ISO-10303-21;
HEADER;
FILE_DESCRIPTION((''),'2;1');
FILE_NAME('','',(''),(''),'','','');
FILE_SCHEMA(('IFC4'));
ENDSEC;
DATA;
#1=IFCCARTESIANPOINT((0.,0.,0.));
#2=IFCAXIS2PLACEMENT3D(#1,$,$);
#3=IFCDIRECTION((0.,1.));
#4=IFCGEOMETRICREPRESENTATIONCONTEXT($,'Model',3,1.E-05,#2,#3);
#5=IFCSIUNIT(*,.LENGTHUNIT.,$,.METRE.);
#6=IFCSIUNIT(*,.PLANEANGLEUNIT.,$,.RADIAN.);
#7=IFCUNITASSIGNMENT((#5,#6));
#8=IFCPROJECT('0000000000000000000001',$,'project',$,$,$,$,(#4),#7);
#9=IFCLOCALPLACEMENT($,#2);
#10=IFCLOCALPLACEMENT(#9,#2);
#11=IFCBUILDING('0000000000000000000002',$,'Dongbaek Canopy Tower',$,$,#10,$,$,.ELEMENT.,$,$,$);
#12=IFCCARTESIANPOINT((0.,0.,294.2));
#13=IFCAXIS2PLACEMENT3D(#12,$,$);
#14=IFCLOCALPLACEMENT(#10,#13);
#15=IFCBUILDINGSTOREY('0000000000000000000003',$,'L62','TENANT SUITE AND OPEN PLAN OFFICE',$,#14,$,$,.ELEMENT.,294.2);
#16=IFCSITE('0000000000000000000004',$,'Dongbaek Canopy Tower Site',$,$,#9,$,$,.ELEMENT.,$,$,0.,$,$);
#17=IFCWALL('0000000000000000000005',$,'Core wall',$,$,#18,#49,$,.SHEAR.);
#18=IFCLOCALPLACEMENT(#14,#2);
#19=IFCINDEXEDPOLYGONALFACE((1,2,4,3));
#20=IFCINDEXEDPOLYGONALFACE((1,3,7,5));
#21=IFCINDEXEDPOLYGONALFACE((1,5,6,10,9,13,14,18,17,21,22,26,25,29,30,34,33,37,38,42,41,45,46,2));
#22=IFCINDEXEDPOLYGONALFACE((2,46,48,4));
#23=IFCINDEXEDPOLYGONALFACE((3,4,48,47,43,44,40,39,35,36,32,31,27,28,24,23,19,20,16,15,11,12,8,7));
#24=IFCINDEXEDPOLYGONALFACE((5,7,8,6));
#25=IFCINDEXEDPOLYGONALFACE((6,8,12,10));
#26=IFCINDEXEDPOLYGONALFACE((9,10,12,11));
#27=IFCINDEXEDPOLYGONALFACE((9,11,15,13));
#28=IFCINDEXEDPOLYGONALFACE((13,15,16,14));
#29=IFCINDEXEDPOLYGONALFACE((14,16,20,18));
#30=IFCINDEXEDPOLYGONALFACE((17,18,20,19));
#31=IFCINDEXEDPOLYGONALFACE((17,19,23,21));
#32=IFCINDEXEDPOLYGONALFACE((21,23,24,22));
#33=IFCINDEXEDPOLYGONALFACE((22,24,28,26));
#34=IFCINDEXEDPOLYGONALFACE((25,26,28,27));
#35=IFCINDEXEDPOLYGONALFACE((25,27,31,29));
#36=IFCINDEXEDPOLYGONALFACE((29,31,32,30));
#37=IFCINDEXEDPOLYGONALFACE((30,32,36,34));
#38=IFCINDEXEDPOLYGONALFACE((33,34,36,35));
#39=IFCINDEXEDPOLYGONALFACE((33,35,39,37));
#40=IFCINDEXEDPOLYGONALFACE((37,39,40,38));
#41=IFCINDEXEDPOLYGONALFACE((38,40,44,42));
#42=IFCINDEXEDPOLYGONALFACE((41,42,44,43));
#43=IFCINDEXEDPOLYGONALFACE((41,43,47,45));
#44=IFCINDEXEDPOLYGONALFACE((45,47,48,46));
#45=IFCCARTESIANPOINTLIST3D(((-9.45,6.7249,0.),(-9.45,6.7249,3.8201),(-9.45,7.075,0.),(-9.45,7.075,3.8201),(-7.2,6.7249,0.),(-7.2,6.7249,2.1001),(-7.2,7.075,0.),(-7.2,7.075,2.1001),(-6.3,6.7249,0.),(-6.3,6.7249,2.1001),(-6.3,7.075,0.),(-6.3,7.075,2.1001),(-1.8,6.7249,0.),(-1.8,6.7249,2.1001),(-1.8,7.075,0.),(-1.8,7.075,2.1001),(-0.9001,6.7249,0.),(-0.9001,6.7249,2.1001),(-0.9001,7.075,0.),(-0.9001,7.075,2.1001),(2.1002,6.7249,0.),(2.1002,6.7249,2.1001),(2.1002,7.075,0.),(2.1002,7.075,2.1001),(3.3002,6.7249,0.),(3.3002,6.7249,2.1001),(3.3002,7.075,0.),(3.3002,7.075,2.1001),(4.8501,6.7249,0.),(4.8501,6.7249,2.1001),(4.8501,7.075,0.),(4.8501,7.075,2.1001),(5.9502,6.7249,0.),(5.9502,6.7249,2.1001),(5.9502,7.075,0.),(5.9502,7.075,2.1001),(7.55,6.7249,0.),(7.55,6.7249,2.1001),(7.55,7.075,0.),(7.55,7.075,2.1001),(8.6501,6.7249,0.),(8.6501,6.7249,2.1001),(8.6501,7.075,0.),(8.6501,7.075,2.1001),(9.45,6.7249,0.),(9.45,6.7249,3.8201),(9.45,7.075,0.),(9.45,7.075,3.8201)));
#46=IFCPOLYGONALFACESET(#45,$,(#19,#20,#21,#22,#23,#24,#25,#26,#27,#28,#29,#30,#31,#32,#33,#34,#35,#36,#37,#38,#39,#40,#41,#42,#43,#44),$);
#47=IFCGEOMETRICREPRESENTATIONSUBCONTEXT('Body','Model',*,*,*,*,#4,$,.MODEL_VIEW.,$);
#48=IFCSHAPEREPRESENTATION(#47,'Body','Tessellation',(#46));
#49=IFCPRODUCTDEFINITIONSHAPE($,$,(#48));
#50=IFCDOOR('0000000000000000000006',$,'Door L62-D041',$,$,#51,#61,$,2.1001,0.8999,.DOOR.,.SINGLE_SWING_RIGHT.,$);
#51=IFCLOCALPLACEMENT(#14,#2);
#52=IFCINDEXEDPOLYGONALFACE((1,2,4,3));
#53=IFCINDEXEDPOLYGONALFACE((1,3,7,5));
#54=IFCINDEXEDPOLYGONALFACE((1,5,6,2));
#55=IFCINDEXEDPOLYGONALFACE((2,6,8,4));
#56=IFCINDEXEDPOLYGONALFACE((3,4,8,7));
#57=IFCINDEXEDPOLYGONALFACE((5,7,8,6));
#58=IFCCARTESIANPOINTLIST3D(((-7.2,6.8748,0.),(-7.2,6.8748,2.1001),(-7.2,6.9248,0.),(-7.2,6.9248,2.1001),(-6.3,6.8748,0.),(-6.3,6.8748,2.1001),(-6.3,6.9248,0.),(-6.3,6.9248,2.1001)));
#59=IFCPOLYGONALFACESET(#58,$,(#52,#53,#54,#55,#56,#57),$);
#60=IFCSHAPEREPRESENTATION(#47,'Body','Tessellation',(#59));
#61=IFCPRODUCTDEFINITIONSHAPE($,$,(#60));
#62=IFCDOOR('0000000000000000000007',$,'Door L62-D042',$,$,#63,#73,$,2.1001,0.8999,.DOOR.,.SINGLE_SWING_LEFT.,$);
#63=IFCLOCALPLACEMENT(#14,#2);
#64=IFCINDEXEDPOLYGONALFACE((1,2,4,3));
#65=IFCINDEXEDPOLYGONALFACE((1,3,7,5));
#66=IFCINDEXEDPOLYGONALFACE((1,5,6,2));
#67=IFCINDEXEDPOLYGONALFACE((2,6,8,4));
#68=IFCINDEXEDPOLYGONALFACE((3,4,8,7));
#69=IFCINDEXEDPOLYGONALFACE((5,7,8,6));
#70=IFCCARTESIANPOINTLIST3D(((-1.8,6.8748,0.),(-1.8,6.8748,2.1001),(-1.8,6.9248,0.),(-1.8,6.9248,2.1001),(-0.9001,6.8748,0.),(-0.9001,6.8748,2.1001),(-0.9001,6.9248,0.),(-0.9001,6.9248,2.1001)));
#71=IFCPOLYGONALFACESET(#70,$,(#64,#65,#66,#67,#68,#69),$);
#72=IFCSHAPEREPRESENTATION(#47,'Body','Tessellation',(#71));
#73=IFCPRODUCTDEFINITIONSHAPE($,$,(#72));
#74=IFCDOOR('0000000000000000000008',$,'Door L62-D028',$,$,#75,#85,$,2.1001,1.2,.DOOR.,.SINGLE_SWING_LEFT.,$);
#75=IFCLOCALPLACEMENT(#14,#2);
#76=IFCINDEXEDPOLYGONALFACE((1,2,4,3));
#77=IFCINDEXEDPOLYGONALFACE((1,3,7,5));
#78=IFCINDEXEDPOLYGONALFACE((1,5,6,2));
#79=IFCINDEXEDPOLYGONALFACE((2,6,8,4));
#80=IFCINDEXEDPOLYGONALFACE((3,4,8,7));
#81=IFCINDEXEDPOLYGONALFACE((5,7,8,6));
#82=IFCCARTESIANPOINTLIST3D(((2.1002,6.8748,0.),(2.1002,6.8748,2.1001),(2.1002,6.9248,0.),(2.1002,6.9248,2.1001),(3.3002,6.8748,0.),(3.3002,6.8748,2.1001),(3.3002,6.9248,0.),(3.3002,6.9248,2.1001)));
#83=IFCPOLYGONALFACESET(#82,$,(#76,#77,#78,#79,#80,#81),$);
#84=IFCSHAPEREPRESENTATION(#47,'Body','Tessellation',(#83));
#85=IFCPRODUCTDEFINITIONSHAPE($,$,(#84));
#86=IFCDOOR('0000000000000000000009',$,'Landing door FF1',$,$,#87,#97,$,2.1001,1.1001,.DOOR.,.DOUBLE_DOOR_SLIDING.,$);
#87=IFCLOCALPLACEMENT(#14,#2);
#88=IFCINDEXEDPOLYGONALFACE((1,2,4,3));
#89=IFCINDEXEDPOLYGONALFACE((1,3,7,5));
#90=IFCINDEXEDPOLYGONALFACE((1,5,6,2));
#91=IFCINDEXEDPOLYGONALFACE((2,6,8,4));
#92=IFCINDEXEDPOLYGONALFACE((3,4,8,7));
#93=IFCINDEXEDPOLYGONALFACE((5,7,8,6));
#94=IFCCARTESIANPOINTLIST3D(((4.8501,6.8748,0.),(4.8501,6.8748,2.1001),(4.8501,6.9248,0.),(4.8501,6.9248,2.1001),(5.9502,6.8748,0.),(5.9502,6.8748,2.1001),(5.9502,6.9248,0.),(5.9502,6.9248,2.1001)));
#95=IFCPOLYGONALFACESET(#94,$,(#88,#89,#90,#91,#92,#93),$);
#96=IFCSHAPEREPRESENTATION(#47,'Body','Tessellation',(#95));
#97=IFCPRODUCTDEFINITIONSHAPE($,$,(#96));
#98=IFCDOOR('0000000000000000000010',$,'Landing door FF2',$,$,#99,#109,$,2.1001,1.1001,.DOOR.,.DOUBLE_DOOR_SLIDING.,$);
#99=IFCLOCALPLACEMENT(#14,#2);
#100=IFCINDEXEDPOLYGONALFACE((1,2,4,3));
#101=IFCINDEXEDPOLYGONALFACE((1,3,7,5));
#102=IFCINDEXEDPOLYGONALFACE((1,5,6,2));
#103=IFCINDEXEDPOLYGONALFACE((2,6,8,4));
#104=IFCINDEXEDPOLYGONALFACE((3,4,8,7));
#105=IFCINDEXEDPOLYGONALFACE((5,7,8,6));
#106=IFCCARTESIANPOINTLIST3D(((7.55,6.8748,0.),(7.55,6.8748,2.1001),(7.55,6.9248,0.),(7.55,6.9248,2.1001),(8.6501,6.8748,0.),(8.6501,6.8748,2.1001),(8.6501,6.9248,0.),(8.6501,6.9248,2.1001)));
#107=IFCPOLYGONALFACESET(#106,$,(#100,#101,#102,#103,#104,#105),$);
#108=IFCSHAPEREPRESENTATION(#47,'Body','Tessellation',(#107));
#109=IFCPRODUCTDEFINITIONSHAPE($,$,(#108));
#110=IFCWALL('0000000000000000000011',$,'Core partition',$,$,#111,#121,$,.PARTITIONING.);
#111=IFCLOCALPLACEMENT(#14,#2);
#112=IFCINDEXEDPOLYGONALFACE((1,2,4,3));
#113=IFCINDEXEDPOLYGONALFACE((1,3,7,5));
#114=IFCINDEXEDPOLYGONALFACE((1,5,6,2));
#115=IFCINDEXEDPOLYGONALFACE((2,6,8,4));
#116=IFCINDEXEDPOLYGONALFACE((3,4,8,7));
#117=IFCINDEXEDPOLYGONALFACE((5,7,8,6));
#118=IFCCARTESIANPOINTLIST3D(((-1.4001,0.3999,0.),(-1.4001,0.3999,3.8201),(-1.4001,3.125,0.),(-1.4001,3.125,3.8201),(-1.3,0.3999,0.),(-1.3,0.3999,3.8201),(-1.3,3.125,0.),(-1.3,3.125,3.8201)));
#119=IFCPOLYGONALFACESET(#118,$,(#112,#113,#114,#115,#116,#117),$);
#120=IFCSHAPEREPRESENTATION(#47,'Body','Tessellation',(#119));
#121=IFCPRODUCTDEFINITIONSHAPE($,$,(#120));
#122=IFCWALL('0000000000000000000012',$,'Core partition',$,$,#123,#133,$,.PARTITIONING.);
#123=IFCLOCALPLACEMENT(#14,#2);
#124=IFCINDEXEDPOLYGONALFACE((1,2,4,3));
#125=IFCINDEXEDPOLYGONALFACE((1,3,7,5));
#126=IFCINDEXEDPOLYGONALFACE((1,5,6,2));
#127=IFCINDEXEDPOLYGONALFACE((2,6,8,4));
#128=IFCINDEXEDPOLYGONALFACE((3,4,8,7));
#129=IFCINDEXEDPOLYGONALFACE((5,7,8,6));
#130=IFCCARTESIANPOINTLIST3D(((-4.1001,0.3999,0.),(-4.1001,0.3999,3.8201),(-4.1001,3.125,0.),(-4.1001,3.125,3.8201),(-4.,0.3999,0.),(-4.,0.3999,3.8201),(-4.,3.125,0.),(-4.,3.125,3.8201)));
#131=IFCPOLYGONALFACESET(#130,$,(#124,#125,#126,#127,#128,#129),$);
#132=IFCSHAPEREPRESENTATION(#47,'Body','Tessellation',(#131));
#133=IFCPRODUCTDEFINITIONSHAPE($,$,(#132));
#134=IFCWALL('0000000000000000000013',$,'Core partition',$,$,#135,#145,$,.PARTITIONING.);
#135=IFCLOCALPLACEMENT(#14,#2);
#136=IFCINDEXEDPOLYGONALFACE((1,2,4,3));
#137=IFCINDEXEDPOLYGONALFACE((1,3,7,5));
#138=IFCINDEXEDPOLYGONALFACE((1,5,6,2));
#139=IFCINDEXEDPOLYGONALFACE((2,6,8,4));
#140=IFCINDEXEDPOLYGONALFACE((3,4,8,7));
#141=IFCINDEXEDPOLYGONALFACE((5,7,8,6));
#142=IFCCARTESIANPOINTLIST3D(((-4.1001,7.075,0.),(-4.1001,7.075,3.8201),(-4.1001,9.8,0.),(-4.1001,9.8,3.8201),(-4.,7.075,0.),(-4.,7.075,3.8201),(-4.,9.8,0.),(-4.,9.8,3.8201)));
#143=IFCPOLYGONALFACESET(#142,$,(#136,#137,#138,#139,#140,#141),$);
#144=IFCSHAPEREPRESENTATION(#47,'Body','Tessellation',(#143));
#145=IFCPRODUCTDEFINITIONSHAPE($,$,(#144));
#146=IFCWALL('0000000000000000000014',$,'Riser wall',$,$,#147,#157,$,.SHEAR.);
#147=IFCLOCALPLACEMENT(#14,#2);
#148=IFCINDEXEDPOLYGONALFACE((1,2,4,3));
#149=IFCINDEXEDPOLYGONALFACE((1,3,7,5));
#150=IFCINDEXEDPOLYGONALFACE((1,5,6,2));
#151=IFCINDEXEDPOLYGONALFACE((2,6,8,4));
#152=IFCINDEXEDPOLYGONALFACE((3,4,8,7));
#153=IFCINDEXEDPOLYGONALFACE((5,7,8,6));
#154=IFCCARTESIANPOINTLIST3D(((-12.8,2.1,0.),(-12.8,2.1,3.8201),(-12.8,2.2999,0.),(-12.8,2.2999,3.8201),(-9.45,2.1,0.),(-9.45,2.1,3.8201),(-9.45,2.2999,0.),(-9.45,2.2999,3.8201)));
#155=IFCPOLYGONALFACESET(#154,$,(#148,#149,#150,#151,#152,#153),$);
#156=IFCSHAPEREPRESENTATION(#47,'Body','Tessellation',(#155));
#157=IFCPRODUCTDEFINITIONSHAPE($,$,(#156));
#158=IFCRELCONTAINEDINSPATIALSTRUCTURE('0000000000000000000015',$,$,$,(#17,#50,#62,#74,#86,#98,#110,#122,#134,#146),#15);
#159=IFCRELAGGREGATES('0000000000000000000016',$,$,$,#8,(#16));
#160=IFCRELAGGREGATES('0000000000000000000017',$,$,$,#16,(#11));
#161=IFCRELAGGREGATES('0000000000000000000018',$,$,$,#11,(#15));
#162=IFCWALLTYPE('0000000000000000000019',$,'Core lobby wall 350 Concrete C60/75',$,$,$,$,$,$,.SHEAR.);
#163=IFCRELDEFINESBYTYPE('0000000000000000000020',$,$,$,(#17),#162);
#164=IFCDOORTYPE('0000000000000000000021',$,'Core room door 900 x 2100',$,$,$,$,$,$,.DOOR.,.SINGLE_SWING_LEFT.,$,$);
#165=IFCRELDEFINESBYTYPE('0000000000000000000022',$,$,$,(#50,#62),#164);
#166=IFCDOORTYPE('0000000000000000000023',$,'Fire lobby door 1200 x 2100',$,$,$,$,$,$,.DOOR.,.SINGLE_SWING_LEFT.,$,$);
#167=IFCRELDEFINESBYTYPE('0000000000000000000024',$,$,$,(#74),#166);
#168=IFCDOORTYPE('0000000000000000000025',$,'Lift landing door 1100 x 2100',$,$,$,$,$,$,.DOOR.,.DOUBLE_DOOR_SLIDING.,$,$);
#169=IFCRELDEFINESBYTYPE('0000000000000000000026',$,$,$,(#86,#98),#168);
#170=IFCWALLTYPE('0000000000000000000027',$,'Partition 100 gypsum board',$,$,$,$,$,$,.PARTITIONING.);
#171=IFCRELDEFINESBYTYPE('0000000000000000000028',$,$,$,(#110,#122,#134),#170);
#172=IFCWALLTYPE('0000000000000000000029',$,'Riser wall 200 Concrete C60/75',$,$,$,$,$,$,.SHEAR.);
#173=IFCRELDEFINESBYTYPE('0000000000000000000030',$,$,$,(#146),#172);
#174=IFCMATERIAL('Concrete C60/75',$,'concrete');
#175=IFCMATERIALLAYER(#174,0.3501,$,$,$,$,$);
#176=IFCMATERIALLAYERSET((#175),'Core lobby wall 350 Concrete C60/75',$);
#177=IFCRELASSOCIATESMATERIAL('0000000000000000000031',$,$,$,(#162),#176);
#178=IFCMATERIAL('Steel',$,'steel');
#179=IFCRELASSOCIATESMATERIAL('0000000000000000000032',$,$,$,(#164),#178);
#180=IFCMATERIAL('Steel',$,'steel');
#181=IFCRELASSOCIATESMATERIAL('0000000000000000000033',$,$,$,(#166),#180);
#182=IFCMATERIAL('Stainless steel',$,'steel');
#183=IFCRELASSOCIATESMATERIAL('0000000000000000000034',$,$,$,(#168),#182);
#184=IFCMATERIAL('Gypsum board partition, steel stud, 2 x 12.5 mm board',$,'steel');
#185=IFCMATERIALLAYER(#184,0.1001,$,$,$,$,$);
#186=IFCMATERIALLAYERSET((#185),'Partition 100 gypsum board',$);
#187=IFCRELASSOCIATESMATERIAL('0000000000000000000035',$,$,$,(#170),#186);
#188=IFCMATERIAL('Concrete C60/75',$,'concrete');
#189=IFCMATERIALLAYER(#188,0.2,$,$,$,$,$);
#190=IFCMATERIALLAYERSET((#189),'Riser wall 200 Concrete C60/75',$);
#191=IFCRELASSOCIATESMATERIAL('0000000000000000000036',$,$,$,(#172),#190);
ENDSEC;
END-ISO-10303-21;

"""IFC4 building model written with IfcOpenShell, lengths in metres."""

from ifc_helpers import new_model, si_unit, direction, frame, frame_2d, origin, place, context, subcontext, project, spatial, rectangle, extrude, material, layer, layer_set, type_object, element, fill, save


model = new_model("IFC4")

# Units and contexts
model_context = context("Model", 3, precision=1e-05, world=origin(), true_north=direction((0.0, 1.0)))
body_context = subcontext(model_context, "Body", "Model", "MODEL_VIEW")
ifc_project = project(units=[si_unit("LENGTHUNIT", "METRE"), si_unit("PLANEANGLEUNIT", "RADIAN")], contexts=[model_context])

# Site, building, storey
site_placement = place(None, origin())
site = spatial("IfcSite", under=ifc_project, at=site_placement, Name="Dongbaek Canopy Tower Site", CompositionType="ELEMENT", RefElevation=0.0)
building_placement = place(site_placement, origin())
building = spatial("IfcBuilding", under=site, at=building_placement, Name="Dongbaek Canopy Tower", CompositionType="ELEMENT")
storey_placement = place(building_placement, frame((0.0, 0.0, 294.2)))
storey = spatial("IfcBuildingStorey", under=building, at=storey_placement, Name="L62", Description="TENANT SUITE AND OPEN PLAN OFFICE", CompositionType="ELEMENT", Elevation=294.2)

# Wall, openings, doors
ifc_material_1 = material(Name="Concrete C60/75", Category="concrete")
ifc_layer_1 = layer(ifc_material_1, 0.3501)
ifc_layer_set_1 = layer_set([ifc_layer_1], Name="Core lobby wall 350 Concrete C60/75")
wall_type_1 = type_object("IfcWallType", Name="Core lobby wall 350 Concrete C60/75", PredefinedType="SHEAR", material=ifc_layer_set_1)
wall_1_placement = place(storey_placement, frame((-9.45, 6.8999, 0.0), z_axis=(0.0, 0.0, 1.0), x_axis=(1.0, 0.0, 0.0)))
wall_1 = element("IfcWall", 1, at=wall_1_placement, inside=storey, type_object=wall_type_1, Name="Core wall", PredefinedType="SHEAR", context=body_context, shape_type="SweptSolid", body=[
    extrude(rectangle(XDim=18.8999, YDim=0.3501, at=frame_2d((9.45, 0.0))), origin(), (0.0, 0.0, 1.0), 3.8201),
])
opening_1_placement = place(wall_1_placement, frame((11.55, 0.0, 0.0)))
opening_1 = element("IfcOpeningElement", 2, at=opening_1_placement, cuts=wall_1, PredefinedType="OPENING", context=body_context, shape_type="SweptSolid", body=[
    extrude(rectangle(XDim=1.2, YDim=2.1001, at=frame_2d((0.6001, 1.05))), frame((0.0, 0.1851, 0.0), z_axis=(0.0, -1.0, 0.0), x_axis=(1.0, 0.0, 0.0)), (0.0, 0.0, 1.0), 0.3701),
])
opening_2_placement = place(wall_1_placement, frame((14.3, 0.0, 0.0)))
opening_2 = element("IfcOpeningElement", 3, at=opening_2_placement, cuts=wall_1, PredefinedType="OPENING", context=body_context, shape_type="SweptSolid", body=[
    extrude(rectangle(XDim=1.1001, YDim=2.1001, at=frame_2d((0.55, 1.05))), frame((0.0, 0.1851, 0.0), z_axis=(0.0, -1.0, 0.0), x_axis=(1.0, 0.0, 0.0)), (0.0, 0.0, 1.0), 0.3701),
])
opening_3_placement = place(wall_1_placement, frame((17.0, 0.0, 0.0)))
opening_3 = element("IfcOpeningElement", 4, at=opening_3_placement, cuts=wall_1, PredefinedType="OPENING", context=body_context, shape_type="SweptSolid", body=[
    extrude(rectangle(XDim=1.1001, YDim=2.1001, at=frame_2d((0.55, 1.05))), frame((0.0, 0.1851, 0.0), z_axis=(0.0, -1.0, 0.0), x_axis=(1.0, 0.0, 0.0)), (0.0, 0.0, 1.0), 0.3701),
])
opening_4_placement = place(wall_1_placement, frame((2.25, 0.0, 0.0)))
opening_4 = element("IfcOpeningElement", 5, at=opening_4_placement, cuts=wall_1, PredefinedType="OPENING", context=body_context, shape_type="SweptSolid", body=[
    extrude(rectangle(XDim=0.8999, YDim=2.1001, at=frame_2d((0.45, 1.05))), frame((0.0, 0.1851, 0.0), z_axis=(0.0, -1.0, 0.0), x_axis=(1.0, 0.0, 0.0)), (0.0, 0.0, 1.0), 0.3701),
])
opening_5_placement = place(wall_1_placement, frame((7.6499, 0.0, 0.0)))
opening_5 = element("IfcOpeningElement", 6, at=opening_5_placement, cuts=wall_1, PredefinedType="OPENING", context=body_context, shape_type="SweptSolid", body=[
    extrude(rectangle(XDim=0.8999, YDim=2.1001, at=frame_2d((0.45, 1.05))), frame((0.0, 0.1851, 0.0), z_axis=(0.0, -1.0, 0.0), x_axis=(1.0, 0.0, 0.0)), (0.0, 0.0, 1.0), 0.3701),
])
ifc_material_2 = material(Name="Steel", Category="steel")
door_type_1 = type_object("IfcDoorType", Name="Core room door 900 x 2100", OperationType="SINGLE_SWING_LEFT", PredefinedType="DOOR", material=ifc_material_2)
door_1_placement = place(opening_4_placement, origin())
door_1 = element("IfcDoor", 7, at=door_1_placement, inside=storey, type_object=door_type_1, Name="Door L62-D041", OperationType="SINGLE_SWING_RIGHT", OverallHeight=2.1001, OverallWidth=0.8999, PredefinedType="DOOR", context=body_context, shape_type="SweptSolid", body=[
    extrude(rectangle(XDim=0.8999, YDim=2.1001, at=frame_2d((0.45, 1.05))), frame((0.0, 0.0249, 0.0), z_axis=(0.0, -1.0, 0.0), x_axis=(1.0, 0.0, 0.0)), (0.0, 0.0, 1.0), 0.05),
])
fill(opening_4, door_1)
door_2_placement = place(opening_5_placement, origin())
door_2 = element("IfcDoor", 8, at=door_2_placement, inside=storey, type_object=door_type_1, Name="Door L62-D042", OperationType="SINGLE_SWING_LEFT", OverallHeight=2.1001, OverallWidth=0.8999, PredefinedType="DOOR", context=body_context, shape_type="SweptSolid", body=[
    extrude(rectangle(XDim=0.8999, YDim=2.1001, at=frame_2d((0.45, 1.05))), frame((0.0, 0.0249, 0.0), z_axis=(0.0, -1.0, 0.0), x_axis=(1.0, 0.0, 0.0)), (0.0, 0.0, 1.0), 0.05),
])
fill(opening_5, door_2)
ifc_material_3 = material(Name="Steel", Category="steel")
door_type_2 = type_object("IfcDoorType", Name="Fire lobby door 1200 x 2100", OperationType="SINGLE_SWING_LEFT", PredefinedType="DOOR", material=ifc_material_3)
door_3_placement = place(opening_1_placement, origin())
door_3 = element("IfcDoor", 9, at=door_3_placement, inside=storey, type_object=door_type_2, Name="Door L62-D028", OperationType="SINGLE_SWING_LEFT", OverallHeight=2.1001, OverallWidth=1.2, PredefinedType="DOOR", context=body_context, shape_type="SweptSolid", body=[
    extrude(rectangle(XDim=1.2, YDim=2.1001, at=frame_2d((0.6001, 1.05))), frame((0.0, 0.0249, 0.0), z_axis=(0.0, -1.0, 0.0), x_axis=(1.0, 0.0, 0.0)), (0.0, 0.0, 1.0), 0.05),
])
fill(opening_1, door_3)
ifc_material_4 = material(Name="Stainless steel", Category="steel")
door_type_3 = type_object("IfcDoorType", Name="Lift landing door 1100 x 2100", OperationType="DOUBLE_DOOR_SLIDING", PredefinedType="DOOR", material=ifc_material_4)
door_4_placement = place(opening_2_placement, origin())
door_4 = element("IfcDoor", 10, at=door_4_placement, inside=storey, type_object=door_type_3, Name="Landing door FF1", OperationType="DOUBLE_DOOR_SLIDING", OverallHeight=2.1001, OverallWidth=1.1001, PredefinedType="DOOR", context=body_context, shape_type="SweptSolid", body=[
    extrude(rectangle(XDim=1.1001, YDim=2.1001, at=frame_2d((0.55, 1.05))), frame((0.0, 0.0249, 0.0), z_axis=(0.0, -1.0, 0.0), x_axis=(1.0, 0.0, 0.0)), (0.0, 0.0, 1.0), 0.05),
])
fill(opening_2, door_4)
door_5_placement = place(opening_3_placement, origin())
door_5 = element("IfcDoor", 11, at=door_5_placement, inside=storey, type_object=door_type_3, Name="Landing door FF2", OperationType="DOUBLE_DOOR_SLIDING", OverallHeight=2.1001, OverallWidth=1.1001, PredefinedType="DOOR", context=body_context, shape_type="SweptSolid", body=[
    extrude(rectangle(XDim=1.1001, YDim=2.1001, at=frame_2d((0.55, 1.05))), frame((0.0, 0.0249, 0.0), z_axis=(0.0, -1.0, 0.0), x_axis=(1.0, 0.0, 0.0)), (0.0, 0.0, 1.0), 0.05),
])
fill(opening_3, door_5)

# Walls
ifc_material_5 = material(Name="Gypsum board partition, steel stud, 2 x 12.5 mm board", Category="steel")
ifc_layer_2 = layer(ifc_material_5, 0.1001)
ifc_layer_set_2 = layer_set([ifc_layer_2], Name="Partition 100 gypsum board")
wall_type_2 = type_object("IfcWallType", Name="Partition 100 gypsum board", PredefinedType="PARTITIONING", material=ifc_layer_set_2)
for number, where, z_axis, x_axis, name in (
    (12, (-1.3501, 0.3999, 0.0), (0.0, 0.0, 1.0), (0.0, 1.0, 0.0), "Core partition"),
    (13, (-4.05, 0.3999, 0.0), (0.0, 0.0, 1.0), (0.0, 1.0, 0.0), "Core partition"),
    (14, (-4.05, 7.075, 0.0), (0.0, 0.0, 1.0), (0.0, 1.0, 0.0), "Core partition"),
):
    element("IfcWall", number, at=place(storey_placement, frame(where, z_axis=z_axis, x_axis=x_axis)), inside=storey, type_object=wall_type_2, Name=name, PredefinedType="PARTITIONING", context=body_context, shape_type="SweptSolid", body=[
        extrude(rectangle(XDim=2.7251, YDim=0.1001, at=frame_2d((1.3625, 0.0))), origin(), (0.0, 0.0, 1.0), 3.8201),
    ])
ifc_material_6 = material(Name="Concrete C60/75", Category="concrete")
ifc_layer_3 = layer(ifc_material_6, 0.2)
ifc_layer_set_3 = layer_set([ifc_layer_3], Name="Riser wall 200 Concrete C60/75")
wall_type_3 = type_object("IfcWallType", Name="Riser wall 200 Concrete C60/75", PredefinedType="SHEAR", material=ifc_layer_set_3)
wall_2_placement = place(storey_placement, frame((-9.45, 2.2, 0.0), z_axis=(0.0, 0.0, 1.0), x_axis=(-1.0, 0.0, 0.0)))
element("IfcWall", 15, at=wall_2_placement, inside=storey, type_object=wall_type_3, Name="Riser wall", PredefinedType="SHEAR", context=body_context, shape_type="SweptSolid", body=[
    extrude(rectangle(XDim=3.3501, YDim=0.2, at=frame_2d((1.675, 0.0))), origin(), (0.0, 0.0, 1.0), 3.8201),
])

save(model, "model.ifc")
